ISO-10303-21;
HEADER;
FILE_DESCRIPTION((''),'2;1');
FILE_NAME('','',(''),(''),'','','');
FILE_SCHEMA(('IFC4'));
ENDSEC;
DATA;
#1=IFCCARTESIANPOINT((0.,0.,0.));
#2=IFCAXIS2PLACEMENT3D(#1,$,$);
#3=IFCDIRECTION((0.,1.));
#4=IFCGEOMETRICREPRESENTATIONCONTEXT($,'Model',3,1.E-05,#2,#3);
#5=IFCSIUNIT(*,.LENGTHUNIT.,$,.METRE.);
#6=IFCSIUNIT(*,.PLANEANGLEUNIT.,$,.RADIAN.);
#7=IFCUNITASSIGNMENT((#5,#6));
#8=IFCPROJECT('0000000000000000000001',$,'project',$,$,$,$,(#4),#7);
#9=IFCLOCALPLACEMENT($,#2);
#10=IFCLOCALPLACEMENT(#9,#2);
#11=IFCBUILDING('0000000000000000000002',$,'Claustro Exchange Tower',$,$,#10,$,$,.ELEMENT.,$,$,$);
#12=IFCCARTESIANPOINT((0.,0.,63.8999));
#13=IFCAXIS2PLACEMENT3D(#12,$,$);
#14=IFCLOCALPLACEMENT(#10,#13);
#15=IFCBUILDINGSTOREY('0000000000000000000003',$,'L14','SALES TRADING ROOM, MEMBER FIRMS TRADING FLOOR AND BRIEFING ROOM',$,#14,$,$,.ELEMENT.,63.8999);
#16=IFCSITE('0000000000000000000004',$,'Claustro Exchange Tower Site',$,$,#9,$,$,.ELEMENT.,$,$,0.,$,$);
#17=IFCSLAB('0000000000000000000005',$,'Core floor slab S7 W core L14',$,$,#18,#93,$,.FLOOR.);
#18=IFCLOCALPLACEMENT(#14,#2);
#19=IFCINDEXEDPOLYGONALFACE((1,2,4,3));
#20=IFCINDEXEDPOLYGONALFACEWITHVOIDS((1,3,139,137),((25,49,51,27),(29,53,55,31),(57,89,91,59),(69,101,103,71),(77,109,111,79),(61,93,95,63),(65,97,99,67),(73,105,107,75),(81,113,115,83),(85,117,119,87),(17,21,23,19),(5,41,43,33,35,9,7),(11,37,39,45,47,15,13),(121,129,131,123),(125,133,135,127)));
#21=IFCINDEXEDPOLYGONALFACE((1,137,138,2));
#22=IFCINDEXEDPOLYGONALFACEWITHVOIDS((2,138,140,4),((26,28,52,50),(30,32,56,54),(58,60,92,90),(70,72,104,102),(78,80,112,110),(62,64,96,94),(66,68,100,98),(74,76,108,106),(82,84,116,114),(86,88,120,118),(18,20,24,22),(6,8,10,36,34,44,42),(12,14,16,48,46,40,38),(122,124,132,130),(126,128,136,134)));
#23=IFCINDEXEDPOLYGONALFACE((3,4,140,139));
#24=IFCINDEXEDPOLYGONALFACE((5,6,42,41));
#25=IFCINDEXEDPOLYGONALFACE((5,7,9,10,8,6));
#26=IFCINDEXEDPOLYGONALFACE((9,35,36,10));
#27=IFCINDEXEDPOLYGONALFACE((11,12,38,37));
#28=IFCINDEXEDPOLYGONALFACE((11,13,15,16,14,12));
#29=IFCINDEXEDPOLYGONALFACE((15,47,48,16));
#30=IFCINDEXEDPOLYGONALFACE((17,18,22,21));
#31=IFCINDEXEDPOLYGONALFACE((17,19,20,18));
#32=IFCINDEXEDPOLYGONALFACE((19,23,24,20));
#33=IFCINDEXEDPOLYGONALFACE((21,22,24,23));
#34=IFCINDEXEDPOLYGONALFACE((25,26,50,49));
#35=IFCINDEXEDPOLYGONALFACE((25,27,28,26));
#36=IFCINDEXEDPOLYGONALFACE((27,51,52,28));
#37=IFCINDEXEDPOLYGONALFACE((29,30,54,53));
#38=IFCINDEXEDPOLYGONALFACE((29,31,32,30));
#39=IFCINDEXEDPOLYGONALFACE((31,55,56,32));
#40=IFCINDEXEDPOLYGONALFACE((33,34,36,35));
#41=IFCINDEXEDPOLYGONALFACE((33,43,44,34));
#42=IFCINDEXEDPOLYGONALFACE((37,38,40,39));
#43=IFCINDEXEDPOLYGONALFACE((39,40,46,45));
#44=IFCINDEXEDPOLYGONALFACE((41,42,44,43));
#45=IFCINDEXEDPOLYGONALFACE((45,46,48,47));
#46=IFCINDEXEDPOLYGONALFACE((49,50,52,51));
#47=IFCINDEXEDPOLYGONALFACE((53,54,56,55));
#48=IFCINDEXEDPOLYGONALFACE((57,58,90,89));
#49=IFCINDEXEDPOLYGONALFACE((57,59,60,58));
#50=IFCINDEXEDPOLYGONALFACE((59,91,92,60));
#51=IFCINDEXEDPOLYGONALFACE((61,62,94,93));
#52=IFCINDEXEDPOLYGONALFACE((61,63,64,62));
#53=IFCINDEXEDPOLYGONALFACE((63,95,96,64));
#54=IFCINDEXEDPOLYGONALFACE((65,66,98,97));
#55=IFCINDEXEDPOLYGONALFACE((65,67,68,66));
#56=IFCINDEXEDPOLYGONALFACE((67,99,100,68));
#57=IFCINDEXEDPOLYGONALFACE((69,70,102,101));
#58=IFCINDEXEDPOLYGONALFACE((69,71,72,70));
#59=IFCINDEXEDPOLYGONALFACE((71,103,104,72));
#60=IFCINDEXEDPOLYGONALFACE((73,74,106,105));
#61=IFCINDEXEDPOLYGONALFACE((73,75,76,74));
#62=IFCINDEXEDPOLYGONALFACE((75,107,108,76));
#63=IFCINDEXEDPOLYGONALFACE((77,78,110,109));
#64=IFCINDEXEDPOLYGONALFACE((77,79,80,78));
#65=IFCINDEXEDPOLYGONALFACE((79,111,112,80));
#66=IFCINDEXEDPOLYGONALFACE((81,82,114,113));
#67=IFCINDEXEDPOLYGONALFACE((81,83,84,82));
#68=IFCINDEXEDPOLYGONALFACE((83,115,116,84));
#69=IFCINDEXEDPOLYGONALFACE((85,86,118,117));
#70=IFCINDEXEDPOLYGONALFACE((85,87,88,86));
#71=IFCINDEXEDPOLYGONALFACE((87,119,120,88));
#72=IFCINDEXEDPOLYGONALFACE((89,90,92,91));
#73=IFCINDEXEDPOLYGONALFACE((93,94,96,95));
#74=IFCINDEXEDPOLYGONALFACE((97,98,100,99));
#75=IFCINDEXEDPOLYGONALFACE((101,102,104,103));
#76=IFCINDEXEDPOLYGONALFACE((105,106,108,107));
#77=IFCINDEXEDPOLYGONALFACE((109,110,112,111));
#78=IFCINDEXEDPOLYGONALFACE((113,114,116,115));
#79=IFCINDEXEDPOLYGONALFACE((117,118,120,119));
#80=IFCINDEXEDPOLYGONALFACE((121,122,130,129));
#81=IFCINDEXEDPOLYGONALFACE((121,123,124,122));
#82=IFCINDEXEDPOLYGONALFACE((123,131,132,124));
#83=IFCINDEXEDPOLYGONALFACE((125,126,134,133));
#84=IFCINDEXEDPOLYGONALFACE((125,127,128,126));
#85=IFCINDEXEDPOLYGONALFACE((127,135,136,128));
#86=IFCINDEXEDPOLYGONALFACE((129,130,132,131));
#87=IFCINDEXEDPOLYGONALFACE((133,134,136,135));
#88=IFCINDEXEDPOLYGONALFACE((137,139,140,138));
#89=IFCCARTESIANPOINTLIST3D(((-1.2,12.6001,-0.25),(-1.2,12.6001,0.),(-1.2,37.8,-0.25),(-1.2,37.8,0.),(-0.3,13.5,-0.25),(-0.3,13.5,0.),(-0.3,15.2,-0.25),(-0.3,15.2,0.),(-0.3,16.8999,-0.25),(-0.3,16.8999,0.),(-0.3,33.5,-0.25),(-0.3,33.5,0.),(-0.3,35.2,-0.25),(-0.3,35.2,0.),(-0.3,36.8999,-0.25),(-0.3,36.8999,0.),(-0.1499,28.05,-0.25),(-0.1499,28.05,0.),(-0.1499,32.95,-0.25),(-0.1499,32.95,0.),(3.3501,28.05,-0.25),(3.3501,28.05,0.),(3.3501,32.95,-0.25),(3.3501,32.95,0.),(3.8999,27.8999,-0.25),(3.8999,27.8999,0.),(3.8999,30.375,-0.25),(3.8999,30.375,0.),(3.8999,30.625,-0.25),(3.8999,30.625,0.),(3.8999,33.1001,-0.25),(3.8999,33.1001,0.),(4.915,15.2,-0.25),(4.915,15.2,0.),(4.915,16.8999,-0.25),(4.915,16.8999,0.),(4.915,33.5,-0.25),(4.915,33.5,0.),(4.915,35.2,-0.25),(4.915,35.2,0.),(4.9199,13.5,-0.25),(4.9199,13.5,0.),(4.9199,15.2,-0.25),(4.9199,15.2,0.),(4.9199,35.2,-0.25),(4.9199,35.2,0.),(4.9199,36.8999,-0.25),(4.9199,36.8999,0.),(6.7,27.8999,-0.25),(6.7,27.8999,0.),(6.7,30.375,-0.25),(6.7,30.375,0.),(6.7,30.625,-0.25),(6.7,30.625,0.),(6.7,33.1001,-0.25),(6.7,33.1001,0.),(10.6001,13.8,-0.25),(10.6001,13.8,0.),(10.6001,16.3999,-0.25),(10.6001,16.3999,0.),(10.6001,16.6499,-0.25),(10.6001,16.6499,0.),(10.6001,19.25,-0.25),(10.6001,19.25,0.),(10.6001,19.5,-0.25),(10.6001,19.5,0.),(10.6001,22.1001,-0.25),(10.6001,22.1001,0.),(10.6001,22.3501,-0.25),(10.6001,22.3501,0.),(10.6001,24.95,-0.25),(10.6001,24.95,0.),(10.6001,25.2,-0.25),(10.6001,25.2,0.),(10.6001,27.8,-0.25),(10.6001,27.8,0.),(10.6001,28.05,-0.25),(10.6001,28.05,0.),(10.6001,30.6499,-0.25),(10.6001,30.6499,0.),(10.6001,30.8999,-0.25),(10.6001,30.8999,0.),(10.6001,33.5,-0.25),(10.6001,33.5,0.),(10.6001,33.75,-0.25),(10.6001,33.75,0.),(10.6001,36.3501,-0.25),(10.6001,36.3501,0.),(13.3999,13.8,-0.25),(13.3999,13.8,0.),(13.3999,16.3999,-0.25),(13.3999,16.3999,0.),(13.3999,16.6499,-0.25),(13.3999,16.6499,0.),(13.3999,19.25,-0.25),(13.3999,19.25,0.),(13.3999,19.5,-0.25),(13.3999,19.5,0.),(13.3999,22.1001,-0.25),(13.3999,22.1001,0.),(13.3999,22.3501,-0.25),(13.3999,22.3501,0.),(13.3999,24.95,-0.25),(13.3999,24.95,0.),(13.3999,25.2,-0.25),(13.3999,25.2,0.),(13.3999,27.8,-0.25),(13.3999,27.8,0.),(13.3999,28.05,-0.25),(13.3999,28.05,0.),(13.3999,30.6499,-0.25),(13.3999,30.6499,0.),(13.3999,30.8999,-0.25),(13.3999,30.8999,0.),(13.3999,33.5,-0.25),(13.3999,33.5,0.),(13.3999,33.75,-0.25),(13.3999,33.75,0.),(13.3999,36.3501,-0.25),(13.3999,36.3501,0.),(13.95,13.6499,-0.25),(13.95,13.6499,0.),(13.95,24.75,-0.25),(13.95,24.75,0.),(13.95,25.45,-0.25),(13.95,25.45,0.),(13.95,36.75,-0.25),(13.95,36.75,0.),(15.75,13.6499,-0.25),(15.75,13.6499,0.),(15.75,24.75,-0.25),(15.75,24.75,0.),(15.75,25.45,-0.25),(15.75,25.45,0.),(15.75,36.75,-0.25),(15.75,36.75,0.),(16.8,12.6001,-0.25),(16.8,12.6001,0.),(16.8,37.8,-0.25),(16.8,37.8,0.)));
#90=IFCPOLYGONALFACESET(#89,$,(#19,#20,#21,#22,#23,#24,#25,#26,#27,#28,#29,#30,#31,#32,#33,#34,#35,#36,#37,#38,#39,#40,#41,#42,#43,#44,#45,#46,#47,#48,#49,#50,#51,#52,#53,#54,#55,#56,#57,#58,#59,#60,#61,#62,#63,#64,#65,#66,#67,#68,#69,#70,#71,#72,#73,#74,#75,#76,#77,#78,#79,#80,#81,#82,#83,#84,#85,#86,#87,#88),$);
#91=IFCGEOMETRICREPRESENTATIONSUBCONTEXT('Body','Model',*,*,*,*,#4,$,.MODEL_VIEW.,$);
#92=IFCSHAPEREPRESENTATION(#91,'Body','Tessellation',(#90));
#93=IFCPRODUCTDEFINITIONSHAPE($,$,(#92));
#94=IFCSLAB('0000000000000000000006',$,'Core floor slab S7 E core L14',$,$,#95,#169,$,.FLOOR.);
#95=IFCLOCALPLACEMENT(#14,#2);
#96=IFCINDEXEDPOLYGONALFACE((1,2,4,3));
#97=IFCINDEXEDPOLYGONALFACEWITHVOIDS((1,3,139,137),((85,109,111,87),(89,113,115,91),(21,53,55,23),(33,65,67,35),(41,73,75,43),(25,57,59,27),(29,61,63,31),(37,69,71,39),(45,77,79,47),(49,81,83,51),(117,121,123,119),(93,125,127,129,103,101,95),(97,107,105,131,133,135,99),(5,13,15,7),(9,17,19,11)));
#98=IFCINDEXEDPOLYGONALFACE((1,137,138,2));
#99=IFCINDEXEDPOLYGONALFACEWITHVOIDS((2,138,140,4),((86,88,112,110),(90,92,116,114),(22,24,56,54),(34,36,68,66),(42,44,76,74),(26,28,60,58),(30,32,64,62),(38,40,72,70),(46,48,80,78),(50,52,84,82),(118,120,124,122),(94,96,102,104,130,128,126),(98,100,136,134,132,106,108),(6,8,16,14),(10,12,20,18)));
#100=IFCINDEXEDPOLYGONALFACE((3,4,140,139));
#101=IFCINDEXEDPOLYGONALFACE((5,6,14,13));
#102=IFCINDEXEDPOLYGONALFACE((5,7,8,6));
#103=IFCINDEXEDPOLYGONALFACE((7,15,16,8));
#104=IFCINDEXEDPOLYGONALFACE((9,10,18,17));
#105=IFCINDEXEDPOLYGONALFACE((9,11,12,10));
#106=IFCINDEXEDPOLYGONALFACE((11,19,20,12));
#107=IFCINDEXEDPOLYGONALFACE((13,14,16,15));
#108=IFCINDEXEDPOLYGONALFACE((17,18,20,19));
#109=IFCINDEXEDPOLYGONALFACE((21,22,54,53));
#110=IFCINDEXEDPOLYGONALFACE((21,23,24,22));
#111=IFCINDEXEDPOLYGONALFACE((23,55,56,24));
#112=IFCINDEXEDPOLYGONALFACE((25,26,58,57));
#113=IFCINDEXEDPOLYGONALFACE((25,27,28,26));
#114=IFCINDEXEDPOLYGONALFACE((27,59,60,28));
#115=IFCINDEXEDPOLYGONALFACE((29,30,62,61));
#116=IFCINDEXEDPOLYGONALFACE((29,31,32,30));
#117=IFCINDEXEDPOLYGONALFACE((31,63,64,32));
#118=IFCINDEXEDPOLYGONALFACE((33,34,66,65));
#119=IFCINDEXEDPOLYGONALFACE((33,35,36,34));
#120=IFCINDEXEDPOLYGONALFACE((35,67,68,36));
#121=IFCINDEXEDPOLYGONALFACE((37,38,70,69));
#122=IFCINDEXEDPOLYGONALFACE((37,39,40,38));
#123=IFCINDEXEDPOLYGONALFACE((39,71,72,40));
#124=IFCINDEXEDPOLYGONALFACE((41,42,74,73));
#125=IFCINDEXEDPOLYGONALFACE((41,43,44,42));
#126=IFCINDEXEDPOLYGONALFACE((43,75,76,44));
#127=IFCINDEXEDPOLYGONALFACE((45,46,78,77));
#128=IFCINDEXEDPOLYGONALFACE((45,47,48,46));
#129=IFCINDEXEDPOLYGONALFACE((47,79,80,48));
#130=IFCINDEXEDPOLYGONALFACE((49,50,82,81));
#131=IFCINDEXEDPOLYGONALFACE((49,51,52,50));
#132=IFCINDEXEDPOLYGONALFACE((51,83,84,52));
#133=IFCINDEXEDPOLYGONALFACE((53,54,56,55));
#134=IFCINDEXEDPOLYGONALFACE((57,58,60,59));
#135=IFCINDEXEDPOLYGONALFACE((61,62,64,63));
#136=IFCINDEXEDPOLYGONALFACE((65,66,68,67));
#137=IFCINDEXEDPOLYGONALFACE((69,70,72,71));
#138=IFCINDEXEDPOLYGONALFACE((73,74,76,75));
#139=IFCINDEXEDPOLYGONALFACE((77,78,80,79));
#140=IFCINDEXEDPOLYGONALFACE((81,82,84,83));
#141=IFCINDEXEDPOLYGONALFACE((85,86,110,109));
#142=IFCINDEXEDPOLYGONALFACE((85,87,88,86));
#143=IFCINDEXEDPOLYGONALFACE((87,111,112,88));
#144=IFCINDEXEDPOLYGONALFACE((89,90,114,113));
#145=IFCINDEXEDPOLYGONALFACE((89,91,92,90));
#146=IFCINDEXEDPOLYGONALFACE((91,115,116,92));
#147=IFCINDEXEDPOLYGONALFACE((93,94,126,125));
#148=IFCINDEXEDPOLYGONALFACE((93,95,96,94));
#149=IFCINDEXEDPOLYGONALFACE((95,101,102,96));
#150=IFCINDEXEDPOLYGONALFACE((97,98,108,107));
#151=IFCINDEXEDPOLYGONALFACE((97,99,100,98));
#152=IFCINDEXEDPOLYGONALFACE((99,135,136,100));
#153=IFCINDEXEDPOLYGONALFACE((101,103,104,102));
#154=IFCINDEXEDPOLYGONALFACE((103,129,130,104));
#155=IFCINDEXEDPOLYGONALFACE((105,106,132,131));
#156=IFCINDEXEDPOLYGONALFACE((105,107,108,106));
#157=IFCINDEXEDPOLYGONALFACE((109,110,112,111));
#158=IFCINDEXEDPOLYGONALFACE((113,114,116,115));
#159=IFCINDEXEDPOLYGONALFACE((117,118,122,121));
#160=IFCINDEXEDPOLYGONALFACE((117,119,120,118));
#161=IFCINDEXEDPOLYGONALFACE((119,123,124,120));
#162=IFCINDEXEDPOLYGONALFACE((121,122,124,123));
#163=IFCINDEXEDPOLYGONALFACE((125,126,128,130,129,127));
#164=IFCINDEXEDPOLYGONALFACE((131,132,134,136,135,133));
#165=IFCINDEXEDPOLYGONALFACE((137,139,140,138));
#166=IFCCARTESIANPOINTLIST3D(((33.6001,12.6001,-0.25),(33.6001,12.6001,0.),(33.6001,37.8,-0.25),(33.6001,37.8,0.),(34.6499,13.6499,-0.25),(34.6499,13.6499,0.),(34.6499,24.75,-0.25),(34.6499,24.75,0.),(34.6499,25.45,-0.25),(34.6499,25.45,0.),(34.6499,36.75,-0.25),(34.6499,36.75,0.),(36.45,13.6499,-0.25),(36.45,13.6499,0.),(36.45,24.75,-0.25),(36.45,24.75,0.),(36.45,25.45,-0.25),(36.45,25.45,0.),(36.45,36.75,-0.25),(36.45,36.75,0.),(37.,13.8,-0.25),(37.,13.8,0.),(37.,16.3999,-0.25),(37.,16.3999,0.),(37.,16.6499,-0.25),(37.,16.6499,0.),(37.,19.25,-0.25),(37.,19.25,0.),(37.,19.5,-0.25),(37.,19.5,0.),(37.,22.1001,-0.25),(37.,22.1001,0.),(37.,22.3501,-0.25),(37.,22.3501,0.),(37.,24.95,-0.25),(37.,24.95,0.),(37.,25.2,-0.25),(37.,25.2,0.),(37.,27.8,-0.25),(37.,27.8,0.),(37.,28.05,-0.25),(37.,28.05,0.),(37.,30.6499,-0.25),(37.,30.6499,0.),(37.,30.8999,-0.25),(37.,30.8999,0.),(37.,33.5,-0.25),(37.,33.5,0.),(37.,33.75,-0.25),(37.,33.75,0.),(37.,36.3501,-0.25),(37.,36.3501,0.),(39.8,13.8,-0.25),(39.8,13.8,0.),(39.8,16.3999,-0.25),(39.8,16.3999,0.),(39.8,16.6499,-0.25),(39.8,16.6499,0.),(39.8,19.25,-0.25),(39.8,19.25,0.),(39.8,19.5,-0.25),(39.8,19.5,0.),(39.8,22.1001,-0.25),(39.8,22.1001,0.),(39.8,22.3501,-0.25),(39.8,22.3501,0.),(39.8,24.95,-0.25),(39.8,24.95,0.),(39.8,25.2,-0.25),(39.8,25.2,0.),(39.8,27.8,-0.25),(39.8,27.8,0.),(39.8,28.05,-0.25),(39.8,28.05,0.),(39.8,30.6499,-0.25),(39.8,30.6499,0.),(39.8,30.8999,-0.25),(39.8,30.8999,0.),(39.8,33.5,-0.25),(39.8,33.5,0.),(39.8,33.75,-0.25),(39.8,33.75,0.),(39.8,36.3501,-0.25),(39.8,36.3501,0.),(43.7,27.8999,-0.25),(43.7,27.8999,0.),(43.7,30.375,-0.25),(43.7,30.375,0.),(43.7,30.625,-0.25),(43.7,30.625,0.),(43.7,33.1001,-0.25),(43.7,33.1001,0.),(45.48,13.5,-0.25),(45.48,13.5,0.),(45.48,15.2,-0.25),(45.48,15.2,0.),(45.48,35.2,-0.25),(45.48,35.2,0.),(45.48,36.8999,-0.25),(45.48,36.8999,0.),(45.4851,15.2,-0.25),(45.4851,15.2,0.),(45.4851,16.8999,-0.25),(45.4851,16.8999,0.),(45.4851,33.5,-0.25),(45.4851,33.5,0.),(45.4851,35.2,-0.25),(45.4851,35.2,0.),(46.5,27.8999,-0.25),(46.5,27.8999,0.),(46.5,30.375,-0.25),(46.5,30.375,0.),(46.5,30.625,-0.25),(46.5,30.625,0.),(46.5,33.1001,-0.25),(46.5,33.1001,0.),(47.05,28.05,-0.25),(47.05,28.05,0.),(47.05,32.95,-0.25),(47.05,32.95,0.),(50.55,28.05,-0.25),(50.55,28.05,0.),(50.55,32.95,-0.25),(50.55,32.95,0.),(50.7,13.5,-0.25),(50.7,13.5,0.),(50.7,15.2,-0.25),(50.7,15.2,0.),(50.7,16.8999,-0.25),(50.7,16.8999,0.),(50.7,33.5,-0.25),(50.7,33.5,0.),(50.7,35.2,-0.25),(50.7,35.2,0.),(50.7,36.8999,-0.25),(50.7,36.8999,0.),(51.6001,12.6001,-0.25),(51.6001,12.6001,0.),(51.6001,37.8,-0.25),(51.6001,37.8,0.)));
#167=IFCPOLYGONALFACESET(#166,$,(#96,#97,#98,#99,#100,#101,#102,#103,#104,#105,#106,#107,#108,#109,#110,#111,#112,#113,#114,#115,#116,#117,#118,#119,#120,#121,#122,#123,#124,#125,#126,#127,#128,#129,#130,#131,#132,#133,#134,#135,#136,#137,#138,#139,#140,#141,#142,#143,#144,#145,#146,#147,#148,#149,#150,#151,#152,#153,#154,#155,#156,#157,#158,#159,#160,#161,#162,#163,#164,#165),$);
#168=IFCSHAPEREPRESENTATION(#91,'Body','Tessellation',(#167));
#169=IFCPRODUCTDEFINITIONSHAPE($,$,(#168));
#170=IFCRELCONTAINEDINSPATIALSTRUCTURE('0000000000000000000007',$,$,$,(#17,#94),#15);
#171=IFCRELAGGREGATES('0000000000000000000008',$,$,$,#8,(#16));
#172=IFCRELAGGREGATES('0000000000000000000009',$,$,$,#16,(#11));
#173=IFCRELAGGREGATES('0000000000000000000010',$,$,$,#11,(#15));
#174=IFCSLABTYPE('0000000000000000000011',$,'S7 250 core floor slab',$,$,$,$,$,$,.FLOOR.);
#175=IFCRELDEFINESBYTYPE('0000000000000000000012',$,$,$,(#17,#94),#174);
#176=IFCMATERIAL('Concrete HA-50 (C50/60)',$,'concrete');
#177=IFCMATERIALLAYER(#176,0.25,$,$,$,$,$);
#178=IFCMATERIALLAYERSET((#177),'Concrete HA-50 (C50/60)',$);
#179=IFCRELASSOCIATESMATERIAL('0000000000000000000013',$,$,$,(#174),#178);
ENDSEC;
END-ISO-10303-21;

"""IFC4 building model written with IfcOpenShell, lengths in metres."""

from ifc_helpers import new_model, si_unit, direction, frame, origin, place, context, subcontext, project, spatial, polyline, outline, extrude, material, layer, layer_set, type_object, element, save


model = new_model("IFC4")

# Units and contexts
model_context = context("Model", 3, precision=1e-05, world=origin(), true_north=direction((0.0, 1.0)))
body_context = subcontext(model_context, "Body", "Model", "MODEL_VIEW")
ifc_project = project(units=[si_unit("LENGTHUNIT", "METRE"), si_unit("PLANEANGLEUNIT", "RADIAN")], contexts=[model_context])

# Site, building, storey
site_placement = place(None, origin())
site = spatial("IfcSite", under=ifc_project, at=site_placement, Name="Claustro Exchange Tower Site", CompositionType="ELEMENT", RefElevation=0.0)
building_placement = place(site_placement, origin())
building = spatial("IfcBuilding", under=site, at=building_placement, Name="Claustro Exchange Tower", CompositionType="ELEMENT")
storey_placement = place(building_placement, frame((0.0, 0.0, 63.8999)))
storey = spatial("IfcBuildingStorey", under=building, at=storey_placement, Name="L14", Description="SALES TRADING ROOM, MEMBER FIRMS TRADING FLOOR AND BRIEFING ROOM", CompositionType="ELEMENT", Elevation=63.8999)

# Slabs
ifc_material_1 = material(Name="Concrete HA-50 (C50/60)", Category="concrete")
ifc_layer_1 = layer(ifc_material_1, 0.25)
ifc_layer_set_1 = layer_set([ifc_layer_1], Name="Concrete HA-50 (C50/60)")
slab_type_1 = type_object("IfcSlabType", Name="S7 250 core floor slab", PredefinedType="FLOOR", material=ifc_layer_set_1)
slab_1_placement = place(storey_placement, frame((0.0, 0.0, -0.25)))
element("IfcSlab", 1, at=slab_1_placement, inside=storey, type_object=slab_type_1, Name="Core floor slab S7 W core L14", PredefinedType="FLOOR", context=body_context, shape_type="SweptSolid", body=[
    extrude(outline(polyline([(-1.2, 12.6001), (16.8, 12.6001), (16.8, 37.8), (-1.2, 37.8), (-1.2, 12.6001)]), holes=[polyline([(15.75, 24.75), (15.75, 13.6499), (13.95, 13.6499), (13.95, 24.75), (15.75, 24.75)]), polyline([(15.75, 36.75), (15.75, 25.45), (13.95, 25.45), (13.95, 36.75), (15.75, 36.75)]), polyline([(10.6001, 16.3999), (13.3999, 16.3999), (13.3999, 13.8), (10.6001, 13.8), (10.6001, 16.3999)]), polyline([(13.3999, 19.25), (13.3999, 16.6499), (10.6001, 16.6499), (10.6001, 19.25), (13.3999, 19.25)]), polyline([(13.3999, 22.1001), (13.3999, 19.5), (10.6001, 19.5), (10.6001, 22.1001), (13.3999, 22.1001)]), polyline([(13.3999, 24.95), (13.3999, 22.3501), (10.6001, 22.3501), (10.6001, 24.95), (13.3999, 24.95)]), polyline([(13.3999, 27.8), (13.3999, 25.2), (10.6001, 25.2), (10.6001, 27.8), (13.3999, 27.8)]), polyline([(13.3999, 30.6499), (13.3999, 28.05), (10.6001, 28.05), (10.6001, 30.6499), (13.3999, 30.6499)]), polyline([(13.3999, 33.5), (13.3999, 30.8999), (10.6001, 30.8999), (10.6001, 33.5), (13.3999, 33.5)]), polyline([(13.3999, 36.3501), (13.3999, 33.75), (10.6001, 33.75), (10.6001, 36.3501), (13.3999, 36.3501)]), polyline([(6.7, 30.375), (6.7, 27.8999), (3.8999, 27.8999), (3.8999, 30.375), (6.7, 30.375)]), polyline([(6.7, 33.1001), (6.7, 30.625), (3.8999, 30.625), (3.8999, 33.1001), (6.7, 33.1001)]), polyline([(-0.3, 15.2), (-0.3, 16.8999), (4.915, 16.8999), (4.915, 15.2), (4.9199, 15.2), (4.9199, 13.5), (-0.3, 13.5), (-0.3, 15.2)]), polyline([(-0.3, 36.8999), (4.9199, 36.8999), (4.9199, 35.2), (4.915, 35.2), (4.915, 33.5), (-0.3, 33.5), (-0.3, 35.2), (-0.3, 36.8999)]), polyline([(3.3501, 32.95), (3.3501, 28.05), (-0.1499, 28.05), (-0.1499, 32.95), (3.3501, 32.95)])]), origin(), (0.0, 0.0, 1.0), 0.25),
])
slab_2_placement = place(storey_placement, frame((0.0, 0.0, -0.25)))
element("IfcSlab", 2, at=slab_2_placement, inside=storey, type_object=slab_type_1, Name="Core floor slab S7 E core L14", PredefinedType="FLOOR", context=body_context, shape_type="SweptSolid", body=[
    extrude(outline(polyline([(33.6001, 12.6001), (51.6001, 12.6001), (51.6001, 37.8), (33.6001, 37.8), (33.6001, 12.6001)]), holes=[polyline([(45.48, 35.2), (45.48, 36.8999), (50.7, 36.8999), (50.7, 35.2), (50.7, 33.5), (45.4851, 33.5), (45.4851, 35.2), (45.48, 35.2)]), polyline([(45.4851, 15.2), (45.4851, 16.8999), (50.7, 16.8999), (50.7, 15.2), (50.7, 13.5), (45.48, 13.5), (45.48, 15.2), (45.4851, 15.2)]), polyline([(50.55, 32.95), (50.55, 28.05), (47.05, 28.05), (47.05, 32.95), (50.55, 32.95)]), polyline([(46.5, 30.375), (46.5, 27.8999), (43.7, 27.8999), (43.7, 30.375), (46.5, 30.375)]), polyline([(46.5, 33.1001), (46.5, 30.625), (43.7, 30.625), (43.7, 33.1001), (46.5, 33.1001)]), polyline([(37.0, 16.3999), (39.8, 16.3999), (39.8, 13.8), (37.0, 13.8), (37.0, 16.3999)]), polyline([(39.8, 19.25), (39.8, 16.6499), (37.0, 16.6499), (37.0, 19.25), (39.8, 19.25)]), polyline([(39.8, 22.1001), (39.8, 19.5), (37.0, 19.5), (37.0, 22.1001), (39.8, 22.1001)]), polyline([(39.8, 24.95), (39.8, 22.3501), (37.0, 22.3501), (37.0, 24.95), (39.8, 24.95)]), polyline([(39.8, 27.8), (39.8, 25.2), (37.0, 25.2), (37.0, 27.8), (39.8, 27.8)]), polyline([(39.8, 30.6499), (39.8, 28.05), (37.0, 28.05), (37.0, 30.6499), (39.8, 30.6499)]), polyline([(39.8, 33.5), (39.8, 30.8999), (37.0, 30.8999), (37.0, 33.5), (39.8, 33.5)]), polyline([(39.8, 36.3501), (39.8, 33.75), (37.0, 33.75), (37.0, 36.3501), (39.8, 36.3501)]), polyline([(36.45, 24.75), (36.45, 13.6499), (34.6499, 13.6499), (34.6499, 24.75), (36.45, 24.75)]), polyline([(36.45, 36.75), (36.45, 25.45), (34.6499, 25.45), (34.6499, 36.75), (36.45, 36.75)])]), origin(), (0.0, 0.0, 1.0), 0.25),
])

save(model, "model.ifc")
